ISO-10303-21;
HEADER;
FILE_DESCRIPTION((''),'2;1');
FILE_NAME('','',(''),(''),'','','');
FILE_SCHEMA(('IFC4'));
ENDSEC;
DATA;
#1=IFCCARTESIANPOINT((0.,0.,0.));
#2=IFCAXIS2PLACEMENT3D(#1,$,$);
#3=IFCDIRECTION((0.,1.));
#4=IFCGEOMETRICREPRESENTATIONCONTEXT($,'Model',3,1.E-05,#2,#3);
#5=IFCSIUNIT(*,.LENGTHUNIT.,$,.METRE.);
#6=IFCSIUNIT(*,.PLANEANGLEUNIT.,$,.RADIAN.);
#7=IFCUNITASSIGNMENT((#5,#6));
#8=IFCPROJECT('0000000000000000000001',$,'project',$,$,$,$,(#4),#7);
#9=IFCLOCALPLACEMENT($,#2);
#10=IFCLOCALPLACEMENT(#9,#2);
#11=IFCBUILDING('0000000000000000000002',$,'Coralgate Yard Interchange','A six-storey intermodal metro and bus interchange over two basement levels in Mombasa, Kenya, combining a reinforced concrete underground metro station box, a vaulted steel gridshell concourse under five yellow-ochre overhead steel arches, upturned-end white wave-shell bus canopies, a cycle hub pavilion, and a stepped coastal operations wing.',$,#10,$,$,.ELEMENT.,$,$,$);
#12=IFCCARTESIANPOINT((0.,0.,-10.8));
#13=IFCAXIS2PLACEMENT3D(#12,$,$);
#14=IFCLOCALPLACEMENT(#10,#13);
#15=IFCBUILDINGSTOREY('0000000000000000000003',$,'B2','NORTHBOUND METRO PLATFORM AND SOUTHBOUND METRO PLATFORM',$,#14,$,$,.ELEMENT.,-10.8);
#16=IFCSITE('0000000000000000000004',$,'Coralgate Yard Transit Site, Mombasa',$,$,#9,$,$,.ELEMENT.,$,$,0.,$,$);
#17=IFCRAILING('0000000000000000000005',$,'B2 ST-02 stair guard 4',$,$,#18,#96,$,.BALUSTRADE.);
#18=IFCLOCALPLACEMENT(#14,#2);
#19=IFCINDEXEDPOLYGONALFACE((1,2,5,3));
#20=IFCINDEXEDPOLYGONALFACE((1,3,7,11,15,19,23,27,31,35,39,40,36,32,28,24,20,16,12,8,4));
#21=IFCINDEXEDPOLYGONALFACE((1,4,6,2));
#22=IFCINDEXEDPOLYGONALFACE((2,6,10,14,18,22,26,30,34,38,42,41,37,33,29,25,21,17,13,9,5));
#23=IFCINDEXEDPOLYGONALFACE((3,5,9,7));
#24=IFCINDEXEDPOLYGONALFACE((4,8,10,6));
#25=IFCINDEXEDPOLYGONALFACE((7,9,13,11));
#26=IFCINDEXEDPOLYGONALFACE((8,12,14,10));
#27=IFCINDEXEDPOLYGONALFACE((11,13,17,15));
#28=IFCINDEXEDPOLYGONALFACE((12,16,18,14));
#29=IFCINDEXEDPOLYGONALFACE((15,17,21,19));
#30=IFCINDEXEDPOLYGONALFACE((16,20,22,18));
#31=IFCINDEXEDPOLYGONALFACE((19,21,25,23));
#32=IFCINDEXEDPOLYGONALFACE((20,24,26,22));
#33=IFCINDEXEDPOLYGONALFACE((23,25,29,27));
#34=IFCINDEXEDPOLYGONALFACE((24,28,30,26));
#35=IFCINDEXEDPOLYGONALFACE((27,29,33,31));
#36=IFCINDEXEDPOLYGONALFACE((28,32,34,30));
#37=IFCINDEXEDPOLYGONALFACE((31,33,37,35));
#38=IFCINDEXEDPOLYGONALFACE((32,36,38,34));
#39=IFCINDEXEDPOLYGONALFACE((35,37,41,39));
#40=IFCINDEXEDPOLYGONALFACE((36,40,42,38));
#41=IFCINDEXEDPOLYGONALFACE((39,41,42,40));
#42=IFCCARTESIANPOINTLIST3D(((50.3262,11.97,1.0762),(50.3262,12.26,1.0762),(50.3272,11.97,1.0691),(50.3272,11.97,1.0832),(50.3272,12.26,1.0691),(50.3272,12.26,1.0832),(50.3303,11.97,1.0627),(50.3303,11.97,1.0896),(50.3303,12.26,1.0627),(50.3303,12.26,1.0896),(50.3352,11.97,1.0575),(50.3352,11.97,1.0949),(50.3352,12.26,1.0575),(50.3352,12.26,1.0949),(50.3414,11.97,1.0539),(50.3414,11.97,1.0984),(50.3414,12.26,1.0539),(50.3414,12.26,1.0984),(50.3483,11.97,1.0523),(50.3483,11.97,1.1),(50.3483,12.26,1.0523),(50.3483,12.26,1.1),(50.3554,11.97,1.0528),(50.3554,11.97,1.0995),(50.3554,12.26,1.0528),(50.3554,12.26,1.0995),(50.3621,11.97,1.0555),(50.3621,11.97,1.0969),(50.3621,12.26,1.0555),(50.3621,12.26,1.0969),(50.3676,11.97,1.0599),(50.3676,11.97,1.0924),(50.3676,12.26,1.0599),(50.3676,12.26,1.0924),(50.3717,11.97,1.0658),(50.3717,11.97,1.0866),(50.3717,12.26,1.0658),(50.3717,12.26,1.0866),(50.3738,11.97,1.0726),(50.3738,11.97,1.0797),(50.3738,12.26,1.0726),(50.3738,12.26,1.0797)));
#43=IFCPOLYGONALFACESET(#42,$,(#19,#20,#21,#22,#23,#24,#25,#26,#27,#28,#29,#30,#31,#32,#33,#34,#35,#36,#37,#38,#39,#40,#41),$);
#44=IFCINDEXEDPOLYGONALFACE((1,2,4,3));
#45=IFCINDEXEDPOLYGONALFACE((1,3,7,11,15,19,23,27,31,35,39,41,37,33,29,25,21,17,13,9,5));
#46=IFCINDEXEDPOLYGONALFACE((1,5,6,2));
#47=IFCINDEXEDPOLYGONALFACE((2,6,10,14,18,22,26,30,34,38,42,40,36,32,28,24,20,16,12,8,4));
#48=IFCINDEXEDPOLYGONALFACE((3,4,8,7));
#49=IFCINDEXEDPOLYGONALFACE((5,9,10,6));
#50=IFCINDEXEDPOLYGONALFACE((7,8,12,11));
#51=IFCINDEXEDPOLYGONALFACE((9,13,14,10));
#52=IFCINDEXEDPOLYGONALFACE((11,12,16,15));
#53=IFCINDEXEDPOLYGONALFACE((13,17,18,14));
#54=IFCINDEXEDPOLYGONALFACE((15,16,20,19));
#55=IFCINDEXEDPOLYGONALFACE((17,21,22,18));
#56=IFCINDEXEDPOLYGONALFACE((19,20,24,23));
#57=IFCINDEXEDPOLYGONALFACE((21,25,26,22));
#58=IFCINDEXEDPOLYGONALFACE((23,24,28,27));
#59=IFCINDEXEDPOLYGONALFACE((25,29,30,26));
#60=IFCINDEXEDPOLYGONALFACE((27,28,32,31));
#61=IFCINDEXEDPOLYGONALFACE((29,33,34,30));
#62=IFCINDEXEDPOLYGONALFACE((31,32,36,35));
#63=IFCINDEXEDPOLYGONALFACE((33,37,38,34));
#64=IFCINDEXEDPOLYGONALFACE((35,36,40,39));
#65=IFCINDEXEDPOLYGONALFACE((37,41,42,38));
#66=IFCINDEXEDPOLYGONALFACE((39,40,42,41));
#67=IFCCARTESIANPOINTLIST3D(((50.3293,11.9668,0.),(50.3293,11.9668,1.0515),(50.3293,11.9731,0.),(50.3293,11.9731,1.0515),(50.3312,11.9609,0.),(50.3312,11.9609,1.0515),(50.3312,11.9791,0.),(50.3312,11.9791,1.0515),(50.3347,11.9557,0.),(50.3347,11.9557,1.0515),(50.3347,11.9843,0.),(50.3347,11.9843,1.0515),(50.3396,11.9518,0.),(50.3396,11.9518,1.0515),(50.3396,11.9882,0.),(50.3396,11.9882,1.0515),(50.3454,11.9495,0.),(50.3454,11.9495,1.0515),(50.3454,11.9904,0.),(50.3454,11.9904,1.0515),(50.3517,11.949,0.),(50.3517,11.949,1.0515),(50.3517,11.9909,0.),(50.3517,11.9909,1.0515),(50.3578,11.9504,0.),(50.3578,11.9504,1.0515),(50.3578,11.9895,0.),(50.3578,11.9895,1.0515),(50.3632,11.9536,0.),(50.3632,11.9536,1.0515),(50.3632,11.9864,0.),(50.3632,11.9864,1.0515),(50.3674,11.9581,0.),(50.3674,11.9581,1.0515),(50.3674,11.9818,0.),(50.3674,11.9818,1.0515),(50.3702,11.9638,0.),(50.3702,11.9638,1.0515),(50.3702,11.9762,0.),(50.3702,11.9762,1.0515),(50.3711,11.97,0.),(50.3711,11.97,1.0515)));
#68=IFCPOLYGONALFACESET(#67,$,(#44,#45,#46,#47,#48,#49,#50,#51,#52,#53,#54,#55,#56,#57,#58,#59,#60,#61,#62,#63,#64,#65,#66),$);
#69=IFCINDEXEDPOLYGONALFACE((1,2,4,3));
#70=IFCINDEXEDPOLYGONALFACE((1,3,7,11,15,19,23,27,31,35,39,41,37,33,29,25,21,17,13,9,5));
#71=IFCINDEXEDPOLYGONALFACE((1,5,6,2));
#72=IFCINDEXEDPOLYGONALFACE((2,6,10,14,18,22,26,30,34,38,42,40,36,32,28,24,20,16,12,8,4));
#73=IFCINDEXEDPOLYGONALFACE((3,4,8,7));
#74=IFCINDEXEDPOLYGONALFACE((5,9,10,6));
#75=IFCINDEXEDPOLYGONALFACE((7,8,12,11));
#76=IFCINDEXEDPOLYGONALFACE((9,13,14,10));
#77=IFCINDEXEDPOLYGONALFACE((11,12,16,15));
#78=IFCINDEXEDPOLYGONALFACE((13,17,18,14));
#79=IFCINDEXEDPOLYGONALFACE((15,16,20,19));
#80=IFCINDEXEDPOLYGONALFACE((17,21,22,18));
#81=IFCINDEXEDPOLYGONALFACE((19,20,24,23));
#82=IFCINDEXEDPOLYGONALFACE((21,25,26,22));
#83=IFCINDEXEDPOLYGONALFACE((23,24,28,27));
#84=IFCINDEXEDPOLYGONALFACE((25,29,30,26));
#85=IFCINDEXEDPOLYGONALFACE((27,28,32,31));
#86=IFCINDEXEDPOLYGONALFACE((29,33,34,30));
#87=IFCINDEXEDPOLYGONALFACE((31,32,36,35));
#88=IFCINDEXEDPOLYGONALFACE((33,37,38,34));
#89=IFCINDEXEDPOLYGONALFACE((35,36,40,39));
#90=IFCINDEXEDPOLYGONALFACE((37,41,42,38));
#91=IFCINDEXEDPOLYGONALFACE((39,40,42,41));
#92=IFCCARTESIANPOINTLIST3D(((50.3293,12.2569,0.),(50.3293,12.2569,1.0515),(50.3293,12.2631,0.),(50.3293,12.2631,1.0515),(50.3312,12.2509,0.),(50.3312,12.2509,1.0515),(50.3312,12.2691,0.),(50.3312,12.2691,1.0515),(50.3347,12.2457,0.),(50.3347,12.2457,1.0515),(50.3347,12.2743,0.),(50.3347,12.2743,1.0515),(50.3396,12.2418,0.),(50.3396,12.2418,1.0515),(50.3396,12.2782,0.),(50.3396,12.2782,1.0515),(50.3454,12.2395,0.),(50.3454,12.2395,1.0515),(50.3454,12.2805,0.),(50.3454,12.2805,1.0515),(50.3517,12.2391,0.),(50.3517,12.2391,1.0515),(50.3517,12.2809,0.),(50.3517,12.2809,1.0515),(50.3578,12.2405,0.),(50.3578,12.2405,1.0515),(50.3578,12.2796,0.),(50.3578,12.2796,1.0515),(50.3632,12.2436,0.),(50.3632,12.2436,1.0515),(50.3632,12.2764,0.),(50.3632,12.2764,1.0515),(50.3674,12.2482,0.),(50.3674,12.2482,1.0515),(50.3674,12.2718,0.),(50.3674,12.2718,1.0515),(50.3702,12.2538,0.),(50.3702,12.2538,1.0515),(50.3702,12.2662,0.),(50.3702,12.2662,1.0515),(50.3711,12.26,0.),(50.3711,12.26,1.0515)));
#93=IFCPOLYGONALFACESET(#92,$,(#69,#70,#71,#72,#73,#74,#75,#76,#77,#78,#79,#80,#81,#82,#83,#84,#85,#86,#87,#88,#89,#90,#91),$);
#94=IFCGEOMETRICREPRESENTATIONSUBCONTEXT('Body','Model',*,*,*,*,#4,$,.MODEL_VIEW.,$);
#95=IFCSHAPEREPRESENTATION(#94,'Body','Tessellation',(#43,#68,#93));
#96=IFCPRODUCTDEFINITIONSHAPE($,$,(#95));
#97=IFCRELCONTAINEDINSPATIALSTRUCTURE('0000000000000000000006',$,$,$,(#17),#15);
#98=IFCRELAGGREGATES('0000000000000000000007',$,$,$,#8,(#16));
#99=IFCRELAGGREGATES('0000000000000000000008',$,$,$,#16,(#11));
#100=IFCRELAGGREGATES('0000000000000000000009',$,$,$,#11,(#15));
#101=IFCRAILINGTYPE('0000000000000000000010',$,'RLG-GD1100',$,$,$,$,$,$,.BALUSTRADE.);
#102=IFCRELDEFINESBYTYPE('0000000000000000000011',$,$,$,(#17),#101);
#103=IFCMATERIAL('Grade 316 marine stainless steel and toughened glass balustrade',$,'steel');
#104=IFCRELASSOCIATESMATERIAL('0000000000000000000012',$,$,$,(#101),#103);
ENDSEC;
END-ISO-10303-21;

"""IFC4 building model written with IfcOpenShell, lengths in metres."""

from ifc_helpers import new_model, si_unit, direction, frame, origin, origin_2d, place, context, subcontext, project, spatial, circle, extrude, material, type_object, element, save


model = new_model("IFC4")

# Units and contexts
model_context = context("Model", 3, precision=1e-05, world=origin(), true_north=direction((0.0, 1.0)))
body_context = subcontext(model_context, "Body", "Model", "MODEL_VIEW")
ifc_project = project(units=[si_unit("LENGTHUNIT", "METRE"), si_unit("PLANEANGLEUNIT", "RADIAN")], contexts=[model_context])

# Site, building, storey
site_placement = place(None, origin())
site = spatial("IfcSite", under=ifc_project, at=site_placement, Name="Coralgate Yard Transit Site, Mombasa", CompositionType="ELEMENT", RefElevation=0.0)
building_placement = place(site_placement, origin())
building = spatial("IfcBuilding", under=site, at=building_placement, Name="Coralgate Yard Interchange", Description="A six-storey intermodal metro and bus interchange over two basement levels in Mombasa, Kenya, combining a reinforced concrete underground metro station box, a vaulted steel gridshell concourse under five yellow-ochre overhead steel arches, upturned-end white wave-shell bus canopies, a cycle hub pavilion, and a stepped coastal operations wing.", CompositionType="ELEMENT")
storey_placement = place(building_placement, frame((0.0, 0.0, -10.8)))
storey = spatial("IfcBuildingStorey", under=building, at=storey_placement, Name="B2", Description="NORTHBOUND METRO PLATFORM AND SOUTHBOUND METRO PLATFORM", CompositionType="ELEMENT", Elevation=-10.8)

# Railing
ifc_material_1 = material(Name="Grade 316 marine stainless steel and toughened glass balustrade", Category="steel")
railing_type_1 = type_object("IfcRailingType", Name="RLG-GD1100", PredefinedType="BALUSTRADE", material=ifc_material_1)
railing_1_placement = place(storey_placement, frame((50.3501, 11.97, 0.0)))
element("IfcRailing", 1, at=railing_1_placement, inside=storey, type_object=railing_type_1, Name="B2 ST-02 stair guard 4", PredefinedType="BALUSTRADE", context=body_context, shape_type="SweptSolid", body=[
    extrude(circle(Radius=0.0239, at=origin_2d()), frame((0.0, 0.0, 1.0762), z_axis=(0.0, 1.0, 0.0), x_axis=(-1.0, 0.0, 0.0)), (0.0, 0.0, 1.0), 0.29),
    extrude(circle(Radius=0.021, at=origin_2d()), origin(), (0.0, 0.0, 1.0), 1.0515),
    extrude(circle(Radius=0.021, at=origin_2d()), frame((0.0, 0.29, 0.0)), (0.0, 0.0, 1.0), 1.0515),
])

save(model, "model.ifc")
